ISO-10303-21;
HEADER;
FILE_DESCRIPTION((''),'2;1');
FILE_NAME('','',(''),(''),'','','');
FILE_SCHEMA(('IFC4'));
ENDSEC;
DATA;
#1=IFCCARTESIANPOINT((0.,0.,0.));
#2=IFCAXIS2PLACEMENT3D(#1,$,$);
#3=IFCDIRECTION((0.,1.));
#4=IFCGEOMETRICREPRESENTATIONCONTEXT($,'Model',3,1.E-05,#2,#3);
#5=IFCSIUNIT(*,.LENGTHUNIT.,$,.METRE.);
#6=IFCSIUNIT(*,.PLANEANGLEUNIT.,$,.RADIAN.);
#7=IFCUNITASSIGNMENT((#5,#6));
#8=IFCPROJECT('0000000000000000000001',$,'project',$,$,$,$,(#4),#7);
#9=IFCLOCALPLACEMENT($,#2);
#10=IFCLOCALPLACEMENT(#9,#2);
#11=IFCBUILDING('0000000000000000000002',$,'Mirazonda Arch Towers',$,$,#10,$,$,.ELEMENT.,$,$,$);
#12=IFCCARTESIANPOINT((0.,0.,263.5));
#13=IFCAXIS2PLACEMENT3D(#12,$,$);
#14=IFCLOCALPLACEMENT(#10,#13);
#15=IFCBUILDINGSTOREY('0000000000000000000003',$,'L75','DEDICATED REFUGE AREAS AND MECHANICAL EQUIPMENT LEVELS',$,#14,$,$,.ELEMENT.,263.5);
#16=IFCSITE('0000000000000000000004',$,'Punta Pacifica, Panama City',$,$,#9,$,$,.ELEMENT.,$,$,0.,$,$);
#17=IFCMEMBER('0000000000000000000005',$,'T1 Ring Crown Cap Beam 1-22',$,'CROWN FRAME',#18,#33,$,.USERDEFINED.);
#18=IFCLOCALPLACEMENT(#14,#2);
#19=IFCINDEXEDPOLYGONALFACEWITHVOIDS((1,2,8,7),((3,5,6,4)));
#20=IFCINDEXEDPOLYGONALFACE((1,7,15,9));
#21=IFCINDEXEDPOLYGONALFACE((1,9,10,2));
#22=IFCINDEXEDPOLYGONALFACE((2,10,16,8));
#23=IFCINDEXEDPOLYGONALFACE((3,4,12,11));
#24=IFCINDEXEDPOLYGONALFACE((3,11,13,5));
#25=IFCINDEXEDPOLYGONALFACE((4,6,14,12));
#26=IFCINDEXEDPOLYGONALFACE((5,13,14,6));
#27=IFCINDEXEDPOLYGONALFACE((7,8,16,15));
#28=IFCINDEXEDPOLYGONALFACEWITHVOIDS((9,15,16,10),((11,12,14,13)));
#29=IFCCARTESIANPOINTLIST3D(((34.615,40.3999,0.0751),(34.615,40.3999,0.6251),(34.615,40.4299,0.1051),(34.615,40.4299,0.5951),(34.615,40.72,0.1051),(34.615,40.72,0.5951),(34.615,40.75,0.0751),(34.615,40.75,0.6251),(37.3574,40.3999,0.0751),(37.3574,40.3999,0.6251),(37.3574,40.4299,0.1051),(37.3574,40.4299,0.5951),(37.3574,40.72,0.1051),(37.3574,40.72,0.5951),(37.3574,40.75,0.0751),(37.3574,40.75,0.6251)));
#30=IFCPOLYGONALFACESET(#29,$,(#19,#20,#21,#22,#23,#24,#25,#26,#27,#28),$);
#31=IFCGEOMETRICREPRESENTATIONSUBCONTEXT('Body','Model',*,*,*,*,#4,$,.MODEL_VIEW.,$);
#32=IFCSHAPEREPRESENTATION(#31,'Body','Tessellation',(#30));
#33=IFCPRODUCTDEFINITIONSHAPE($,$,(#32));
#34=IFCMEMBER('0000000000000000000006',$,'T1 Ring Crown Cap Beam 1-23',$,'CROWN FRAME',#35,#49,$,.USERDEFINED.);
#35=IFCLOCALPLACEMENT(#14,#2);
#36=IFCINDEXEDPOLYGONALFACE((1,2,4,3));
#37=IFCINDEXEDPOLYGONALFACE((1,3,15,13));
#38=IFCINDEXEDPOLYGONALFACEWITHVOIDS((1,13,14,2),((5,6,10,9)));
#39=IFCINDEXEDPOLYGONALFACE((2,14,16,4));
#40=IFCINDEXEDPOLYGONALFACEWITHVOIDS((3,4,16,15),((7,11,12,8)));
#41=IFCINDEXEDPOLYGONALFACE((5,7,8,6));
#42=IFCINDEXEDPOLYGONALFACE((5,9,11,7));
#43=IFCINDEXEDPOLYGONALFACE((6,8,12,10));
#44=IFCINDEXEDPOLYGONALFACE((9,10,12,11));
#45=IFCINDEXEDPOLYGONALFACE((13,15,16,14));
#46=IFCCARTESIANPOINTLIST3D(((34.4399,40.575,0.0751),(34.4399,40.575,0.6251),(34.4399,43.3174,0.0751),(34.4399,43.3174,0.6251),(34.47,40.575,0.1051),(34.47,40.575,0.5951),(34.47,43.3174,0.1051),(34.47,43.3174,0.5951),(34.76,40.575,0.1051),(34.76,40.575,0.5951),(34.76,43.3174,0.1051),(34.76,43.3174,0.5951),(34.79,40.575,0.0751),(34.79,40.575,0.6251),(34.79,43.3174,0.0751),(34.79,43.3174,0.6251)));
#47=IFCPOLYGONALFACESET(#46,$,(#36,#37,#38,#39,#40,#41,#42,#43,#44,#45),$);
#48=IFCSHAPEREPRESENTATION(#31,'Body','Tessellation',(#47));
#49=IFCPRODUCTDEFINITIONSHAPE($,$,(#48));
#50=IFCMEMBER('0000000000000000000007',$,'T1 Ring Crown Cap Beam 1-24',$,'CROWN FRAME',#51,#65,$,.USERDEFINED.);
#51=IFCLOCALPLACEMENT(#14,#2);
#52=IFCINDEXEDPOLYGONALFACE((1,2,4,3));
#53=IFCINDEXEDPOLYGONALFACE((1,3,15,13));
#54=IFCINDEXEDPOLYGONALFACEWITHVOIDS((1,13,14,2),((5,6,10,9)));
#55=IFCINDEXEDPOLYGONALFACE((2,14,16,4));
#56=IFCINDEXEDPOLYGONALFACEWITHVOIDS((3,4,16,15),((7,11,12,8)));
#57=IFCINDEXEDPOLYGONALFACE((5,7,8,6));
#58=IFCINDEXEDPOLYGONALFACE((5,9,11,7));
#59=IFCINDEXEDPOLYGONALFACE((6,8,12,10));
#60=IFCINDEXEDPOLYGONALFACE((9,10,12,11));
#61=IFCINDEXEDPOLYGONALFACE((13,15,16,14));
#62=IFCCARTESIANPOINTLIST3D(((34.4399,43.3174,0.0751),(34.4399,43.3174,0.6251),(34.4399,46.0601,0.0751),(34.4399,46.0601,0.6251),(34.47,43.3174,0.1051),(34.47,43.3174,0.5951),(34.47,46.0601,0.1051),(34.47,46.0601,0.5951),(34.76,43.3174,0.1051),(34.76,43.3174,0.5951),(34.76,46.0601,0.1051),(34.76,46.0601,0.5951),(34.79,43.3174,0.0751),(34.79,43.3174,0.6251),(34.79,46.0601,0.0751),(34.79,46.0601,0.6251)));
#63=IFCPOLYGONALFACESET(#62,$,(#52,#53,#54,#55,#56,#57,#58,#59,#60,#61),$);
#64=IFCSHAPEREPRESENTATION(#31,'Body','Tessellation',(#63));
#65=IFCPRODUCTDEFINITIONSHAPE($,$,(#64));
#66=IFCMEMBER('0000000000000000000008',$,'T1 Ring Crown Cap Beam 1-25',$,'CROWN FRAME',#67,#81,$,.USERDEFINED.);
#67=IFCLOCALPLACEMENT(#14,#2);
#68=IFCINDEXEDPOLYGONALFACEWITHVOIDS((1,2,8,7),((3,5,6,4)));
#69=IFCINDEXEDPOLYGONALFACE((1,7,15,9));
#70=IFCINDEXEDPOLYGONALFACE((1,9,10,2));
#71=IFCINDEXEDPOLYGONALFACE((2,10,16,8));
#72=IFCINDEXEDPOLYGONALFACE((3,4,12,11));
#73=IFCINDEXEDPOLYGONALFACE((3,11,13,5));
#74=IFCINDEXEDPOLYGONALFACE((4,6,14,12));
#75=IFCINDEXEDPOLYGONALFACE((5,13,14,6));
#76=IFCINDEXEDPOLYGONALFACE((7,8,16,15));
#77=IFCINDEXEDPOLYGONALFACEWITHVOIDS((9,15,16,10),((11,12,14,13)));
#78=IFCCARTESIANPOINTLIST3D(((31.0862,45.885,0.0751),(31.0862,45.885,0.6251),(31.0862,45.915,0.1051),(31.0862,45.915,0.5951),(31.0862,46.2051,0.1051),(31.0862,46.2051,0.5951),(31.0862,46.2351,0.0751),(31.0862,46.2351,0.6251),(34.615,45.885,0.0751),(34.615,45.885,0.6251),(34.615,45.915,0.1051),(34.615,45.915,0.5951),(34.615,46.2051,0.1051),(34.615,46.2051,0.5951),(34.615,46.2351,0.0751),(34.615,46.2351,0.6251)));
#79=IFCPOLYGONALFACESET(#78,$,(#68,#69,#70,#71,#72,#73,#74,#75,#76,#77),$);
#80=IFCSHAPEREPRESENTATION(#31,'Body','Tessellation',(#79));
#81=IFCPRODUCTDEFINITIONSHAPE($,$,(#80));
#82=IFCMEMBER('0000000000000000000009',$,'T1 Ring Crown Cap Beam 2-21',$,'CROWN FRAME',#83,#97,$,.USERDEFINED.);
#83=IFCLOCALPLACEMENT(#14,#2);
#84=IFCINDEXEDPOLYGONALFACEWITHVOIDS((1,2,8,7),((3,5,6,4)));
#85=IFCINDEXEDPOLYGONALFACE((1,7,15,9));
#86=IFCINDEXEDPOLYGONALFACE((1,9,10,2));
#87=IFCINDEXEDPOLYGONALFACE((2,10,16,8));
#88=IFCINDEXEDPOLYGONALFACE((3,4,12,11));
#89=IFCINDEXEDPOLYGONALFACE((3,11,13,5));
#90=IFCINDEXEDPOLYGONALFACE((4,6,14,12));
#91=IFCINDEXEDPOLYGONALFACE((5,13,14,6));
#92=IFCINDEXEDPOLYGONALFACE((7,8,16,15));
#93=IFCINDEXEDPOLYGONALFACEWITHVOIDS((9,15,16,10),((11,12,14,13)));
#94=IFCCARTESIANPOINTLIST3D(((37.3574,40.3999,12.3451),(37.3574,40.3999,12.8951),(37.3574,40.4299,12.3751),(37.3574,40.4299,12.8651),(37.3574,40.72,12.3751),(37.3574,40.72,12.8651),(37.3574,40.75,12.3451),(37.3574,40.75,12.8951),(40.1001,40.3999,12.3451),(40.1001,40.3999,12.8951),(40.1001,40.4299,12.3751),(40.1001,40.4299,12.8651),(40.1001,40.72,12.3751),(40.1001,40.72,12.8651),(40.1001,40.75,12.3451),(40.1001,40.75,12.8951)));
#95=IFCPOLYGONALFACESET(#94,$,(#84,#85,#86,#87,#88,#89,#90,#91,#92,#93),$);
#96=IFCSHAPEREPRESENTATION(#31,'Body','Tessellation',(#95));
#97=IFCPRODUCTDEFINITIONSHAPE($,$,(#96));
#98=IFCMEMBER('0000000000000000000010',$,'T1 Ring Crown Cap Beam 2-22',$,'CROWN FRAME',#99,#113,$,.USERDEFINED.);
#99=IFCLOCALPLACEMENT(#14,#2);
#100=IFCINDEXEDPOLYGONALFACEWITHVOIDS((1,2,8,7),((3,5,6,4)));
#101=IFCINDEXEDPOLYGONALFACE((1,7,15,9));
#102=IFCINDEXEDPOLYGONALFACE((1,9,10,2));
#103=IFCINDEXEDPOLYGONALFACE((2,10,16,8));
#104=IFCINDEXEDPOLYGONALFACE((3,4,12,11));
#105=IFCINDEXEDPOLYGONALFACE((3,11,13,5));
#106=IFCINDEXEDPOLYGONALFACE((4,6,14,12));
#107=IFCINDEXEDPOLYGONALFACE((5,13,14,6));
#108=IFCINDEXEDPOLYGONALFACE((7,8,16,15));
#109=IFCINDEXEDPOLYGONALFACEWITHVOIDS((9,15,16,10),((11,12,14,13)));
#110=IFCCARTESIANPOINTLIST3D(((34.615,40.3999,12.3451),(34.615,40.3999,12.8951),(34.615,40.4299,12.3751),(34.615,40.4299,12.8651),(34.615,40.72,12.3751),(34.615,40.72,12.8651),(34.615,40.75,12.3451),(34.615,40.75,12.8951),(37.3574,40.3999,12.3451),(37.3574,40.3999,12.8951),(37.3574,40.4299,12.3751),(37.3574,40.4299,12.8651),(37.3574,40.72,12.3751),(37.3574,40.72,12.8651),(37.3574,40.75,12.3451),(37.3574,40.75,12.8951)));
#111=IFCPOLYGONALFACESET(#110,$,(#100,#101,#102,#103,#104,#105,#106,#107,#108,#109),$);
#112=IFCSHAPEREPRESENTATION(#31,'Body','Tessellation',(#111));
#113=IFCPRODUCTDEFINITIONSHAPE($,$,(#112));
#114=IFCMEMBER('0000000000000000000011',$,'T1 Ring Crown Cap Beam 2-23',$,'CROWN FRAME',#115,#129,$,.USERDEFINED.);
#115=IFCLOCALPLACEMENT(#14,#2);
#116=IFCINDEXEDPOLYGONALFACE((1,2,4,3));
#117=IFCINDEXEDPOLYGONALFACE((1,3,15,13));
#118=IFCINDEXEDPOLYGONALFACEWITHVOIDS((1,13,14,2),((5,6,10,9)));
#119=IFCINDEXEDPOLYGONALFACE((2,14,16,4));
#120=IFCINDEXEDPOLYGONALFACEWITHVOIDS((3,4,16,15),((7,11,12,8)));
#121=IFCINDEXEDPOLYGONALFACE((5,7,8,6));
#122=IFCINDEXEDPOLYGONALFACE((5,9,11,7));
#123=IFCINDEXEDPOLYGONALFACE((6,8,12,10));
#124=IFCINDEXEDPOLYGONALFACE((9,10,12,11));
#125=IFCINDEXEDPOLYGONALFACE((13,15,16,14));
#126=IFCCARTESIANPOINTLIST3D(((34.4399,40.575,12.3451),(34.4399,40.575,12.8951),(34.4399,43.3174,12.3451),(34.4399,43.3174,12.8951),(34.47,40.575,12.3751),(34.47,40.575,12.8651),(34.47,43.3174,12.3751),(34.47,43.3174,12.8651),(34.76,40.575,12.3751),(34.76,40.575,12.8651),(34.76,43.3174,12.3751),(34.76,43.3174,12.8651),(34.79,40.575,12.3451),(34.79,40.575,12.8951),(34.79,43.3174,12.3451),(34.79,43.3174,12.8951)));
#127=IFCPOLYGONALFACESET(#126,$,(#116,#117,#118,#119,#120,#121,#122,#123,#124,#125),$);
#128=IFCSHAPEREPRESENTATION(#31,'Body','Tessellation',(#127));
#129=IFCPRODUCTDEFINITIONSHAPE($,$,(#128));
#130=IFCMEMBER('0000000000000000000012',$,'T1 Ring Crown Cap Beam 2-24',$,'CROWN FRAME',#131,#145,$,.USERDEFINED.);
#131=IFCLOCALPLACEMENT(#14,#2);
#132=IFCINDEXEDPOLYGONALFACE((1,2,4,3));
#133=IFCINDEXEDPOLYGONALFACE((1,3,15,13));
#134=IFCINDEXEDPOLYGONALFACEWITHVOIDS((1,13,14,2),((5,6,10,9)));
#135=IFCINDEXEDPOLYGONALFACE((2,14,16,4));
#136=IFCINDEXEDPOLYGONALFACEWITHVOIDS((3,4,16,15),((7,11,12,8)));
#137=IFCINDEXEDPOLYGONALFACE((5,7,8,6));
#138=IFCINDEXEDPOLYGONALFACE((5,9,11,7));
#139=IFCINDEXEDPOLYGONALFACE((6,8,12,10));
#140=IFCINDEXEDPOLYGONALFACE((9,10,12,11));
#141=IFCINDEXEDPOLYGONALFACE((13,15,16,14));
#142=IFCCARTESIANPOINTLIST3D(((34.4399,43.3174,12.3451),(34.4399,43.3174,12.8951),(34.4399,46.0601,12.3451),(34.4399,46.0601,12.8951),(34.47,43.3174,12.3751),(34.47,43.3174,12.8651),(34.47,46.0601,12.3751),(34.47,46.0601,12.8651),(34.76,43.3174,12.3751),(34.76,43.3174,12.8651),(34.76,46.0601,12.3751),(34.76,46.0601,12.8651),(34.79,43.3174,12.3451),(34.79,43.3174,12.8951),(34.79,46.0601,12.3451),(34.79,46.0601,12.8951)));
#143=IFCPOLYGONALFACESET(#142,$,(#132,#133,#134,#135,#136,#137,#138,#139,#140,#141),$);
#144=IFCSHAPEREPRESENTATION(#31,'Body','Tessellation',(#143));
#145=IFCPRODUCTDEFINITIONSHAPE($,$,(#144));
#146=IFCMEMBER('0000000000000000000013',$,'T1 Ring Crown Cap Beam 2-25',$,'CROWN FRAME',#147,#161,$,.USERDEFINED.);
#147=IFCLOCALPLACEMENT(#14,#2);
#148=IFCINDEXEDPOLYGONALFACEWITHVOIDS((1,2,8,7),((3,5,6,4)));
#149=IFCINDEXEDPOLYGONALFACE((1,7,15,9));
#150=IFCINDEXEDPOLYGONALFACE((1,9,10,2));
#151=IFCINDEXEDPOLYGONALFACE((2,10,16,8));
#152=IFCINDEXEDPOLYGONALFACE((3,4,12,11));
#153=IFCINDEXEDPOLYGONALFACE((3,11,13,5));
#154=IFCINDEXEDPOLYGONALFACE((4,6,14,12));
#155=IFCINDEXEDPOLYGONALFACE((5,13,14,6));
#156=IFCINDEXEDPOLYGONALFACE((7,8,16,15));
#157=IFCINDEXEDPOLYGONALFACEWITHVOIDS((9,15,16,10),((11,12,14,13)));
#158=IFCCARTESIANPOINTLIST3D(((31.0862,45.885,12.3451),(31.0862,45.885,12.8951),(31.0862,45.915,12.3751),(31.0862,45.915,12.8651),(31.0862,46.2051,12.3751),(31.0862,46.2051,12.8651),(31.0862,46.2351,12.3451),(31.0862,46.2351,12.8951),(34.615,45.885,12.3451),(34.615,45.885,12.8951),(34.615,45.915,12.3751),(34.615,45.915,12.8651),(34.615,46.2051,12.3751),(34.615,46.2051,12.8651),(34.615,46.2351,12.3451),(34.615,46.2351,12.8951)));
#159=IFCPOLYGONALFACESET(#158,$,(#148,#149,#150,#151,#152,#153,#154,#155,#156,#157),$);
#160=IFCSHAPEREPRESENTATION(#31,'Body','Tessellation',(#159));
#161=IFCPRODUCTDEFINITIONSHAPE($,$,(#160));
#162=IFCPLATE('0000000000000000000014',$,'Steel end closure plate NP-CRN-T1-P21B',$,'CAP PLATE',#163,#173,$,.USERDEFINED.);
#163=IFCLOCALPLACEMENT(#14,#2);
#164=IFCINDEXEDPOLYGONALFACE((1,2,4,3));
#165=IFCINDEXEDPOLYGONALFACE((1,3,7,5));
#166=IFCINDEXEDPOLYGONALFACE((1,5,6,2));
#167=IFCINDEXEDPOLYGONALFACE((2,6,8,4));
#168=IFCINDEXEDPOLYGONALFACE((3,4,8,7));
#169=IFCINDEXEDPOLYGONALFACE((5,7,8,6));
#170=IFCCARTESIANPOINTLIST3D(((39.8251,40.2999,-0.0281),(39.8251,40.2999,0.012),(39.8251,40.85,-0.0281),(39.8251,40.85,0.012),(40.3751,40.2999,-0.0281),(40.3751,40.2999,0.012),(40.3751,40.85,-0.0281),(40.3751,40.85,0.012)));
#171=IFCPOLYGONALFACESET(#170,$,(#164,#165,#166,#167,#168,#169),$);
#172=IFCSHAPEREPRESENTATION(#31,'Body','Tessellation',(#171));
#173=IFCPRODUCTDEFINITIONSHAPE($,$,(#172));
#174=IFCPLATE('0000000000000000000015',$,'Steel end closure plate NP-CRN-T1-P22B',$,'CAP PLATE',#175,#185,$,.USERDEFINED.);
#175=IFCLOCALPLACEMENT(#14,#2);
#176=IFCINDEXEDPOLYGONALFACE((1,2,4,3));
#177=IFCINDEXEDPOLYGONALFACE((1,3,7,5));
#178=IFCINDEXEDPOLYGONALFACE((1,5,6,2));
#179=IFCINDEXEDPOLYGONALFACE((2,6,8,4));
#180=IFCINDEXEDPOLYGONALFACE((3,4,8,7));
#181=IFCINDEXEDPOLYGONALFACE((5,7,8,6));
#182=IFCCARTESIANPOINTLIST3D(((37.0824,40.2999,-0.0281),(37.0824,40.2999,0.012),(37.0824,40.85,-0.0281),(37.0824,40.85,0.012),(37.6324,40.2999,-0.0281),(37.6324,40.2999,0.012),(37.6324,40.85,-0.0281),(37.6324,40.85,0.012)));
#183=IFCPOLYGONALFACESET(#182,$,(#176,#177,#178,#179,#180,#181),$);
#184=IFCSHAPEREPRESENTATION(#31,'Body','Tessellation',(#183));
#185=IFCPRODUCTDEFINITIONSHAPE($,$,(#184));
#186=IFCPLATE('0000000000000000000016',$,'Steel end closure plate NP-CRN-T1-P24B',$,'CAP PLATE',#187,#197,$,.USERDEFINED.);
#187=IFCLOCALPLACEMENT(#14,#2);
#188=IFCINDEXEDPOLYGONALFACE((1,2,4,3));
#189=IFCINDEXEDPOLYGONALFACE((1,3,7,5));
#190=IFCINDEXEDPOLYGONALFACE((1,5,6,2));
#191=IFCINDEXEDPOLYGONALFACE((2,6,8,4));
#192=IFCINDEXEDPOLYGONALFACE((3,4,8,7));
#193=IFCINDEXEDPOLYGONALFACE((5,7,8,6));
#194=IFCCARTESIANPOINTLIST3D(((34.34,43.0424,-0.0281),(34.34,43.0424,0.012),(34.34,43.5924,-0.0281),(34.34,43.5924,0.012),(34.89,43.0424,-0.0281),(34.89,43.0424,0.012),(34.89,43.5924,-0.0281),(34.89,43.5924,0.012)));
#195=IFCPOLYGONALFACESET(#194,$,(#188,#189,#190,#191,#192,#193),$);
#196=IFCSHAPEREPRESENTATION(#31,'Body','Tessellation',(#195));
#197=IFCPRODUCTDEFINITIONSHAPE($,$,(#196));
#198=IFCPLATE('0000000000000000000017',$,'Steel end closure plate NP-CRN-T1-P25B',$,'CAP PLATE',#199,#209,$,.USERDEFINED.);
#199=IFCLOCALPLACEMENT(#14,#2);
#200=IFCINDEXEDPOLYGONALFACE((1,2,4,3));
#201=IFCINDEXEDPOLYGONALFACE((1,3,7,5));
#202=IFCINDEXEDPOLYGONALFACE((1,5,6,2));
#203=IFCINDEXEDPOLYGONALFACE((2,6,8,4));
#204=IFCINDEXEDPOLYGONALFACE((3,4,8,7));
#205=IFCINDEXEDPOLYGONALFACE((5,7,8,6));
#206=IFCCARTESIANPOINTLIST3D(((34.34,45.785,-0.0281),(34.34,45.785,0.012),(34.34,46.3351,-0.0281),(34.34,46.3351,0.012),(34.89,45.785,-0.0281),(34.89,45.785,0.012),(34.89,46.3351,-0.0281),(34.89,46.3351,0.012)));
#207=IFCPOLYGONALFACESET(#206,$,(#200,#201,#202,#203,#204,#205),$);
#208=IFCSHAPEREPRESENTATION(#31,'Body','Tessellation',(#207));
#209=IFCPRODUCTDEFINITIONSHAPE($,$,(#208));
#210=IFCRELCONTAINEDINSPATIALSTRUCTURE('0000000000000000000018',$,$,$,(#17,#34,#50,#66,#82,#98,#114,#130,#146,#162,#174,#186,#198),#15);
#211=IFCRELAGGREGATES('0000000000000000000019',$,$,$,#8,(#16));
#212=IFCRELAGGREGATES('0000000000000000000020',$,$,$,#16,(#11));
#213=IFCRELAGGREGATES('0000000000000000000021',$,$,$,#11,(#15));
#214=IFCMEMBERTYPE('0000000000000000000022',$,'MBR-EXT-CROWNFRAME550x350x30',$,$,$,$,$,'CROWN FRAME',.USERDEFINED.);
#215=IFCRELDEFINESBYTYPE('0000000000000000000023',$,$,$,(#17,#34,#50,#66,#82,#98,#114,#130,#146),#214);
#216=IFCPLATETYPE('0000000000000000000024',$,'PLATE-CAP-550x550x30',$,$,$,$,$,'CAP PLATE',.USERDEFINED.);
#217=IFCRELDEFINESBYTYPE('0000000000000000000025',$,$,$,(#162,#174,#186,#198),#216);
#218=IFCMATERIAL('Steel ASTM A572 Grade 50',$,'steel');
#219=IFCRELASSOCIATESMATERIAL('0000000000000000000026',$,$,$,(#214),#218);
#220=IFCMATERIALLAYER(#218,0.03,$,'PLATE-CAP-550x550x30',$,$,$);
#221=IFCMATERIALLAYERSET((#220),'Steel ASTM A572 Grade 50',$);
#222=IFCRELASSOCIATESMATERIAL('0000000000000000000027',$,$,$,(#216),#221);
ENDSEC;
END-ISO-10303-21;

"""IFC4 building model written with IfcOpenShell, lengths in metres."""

from ifc_helpers import new_model, si_unit, direction, frame, origin, origin_2d, place, context, subcontext, project, spatial, rectangle, hollow_rectangle, extrude, material, layer, layer_set, material_profile, profile_set, type_object, element, save


model = new_model("IFC4")

# Units and contexts
model_context = context("Model", 3, precision=1e-05, world=origin(), true_north=direction((0.0, 1.0)))
body_context = subcontext(model_context, "Body", "Model", "MODEL_VIEW")
ifc_project = project(units=[si_unit("LENGTHUNIT", "METRE"), si_unit("PLANEANGLEUNIT", "RADIAN")], contexts=[model_context])

# Site, building, storey
site_placement = place(None, origin())
site = spatial("IfcSite", under=ifc_project, at=site_placement, Name="Punta Pacifica, Panama City", CompositionType="ELEMENT", RefElevation=0.0)
building_placement = place(site_placement, origin())
building = spatial("IfcBuilding", under=site, at=building_placement, Name="Mirazonda Arch Towers", CompositionType="ELEMENT")
storey_placement = place(building_placement, frame((0.0, 0.0, 263.5)))
storey = spatial("IfcBuildingStorey", under=building, at=storey_placement, Name="L75", Description="DEDICATED REFUGE AREAS AND MECHANICAL EQUIPMENT LEVELS", CompositionType="ELEMENT", Elevation=263.5)

# Members
ifc_material_1 = material(Name="Steel ASTM A572 Grade 50", Category="steel")
ifc_material_profile_1 = material_profile(ifc_material_1, hollow_rectangle(XDim=0.3501, YDim=0.55, WallThickness=0.03, at=origin_2d()), Name="CROWNFRAME550x350x30")
ifc_profile_set_1 = profile_set([ifc_material_profile_1], Name="Steel ASTM A572 Grade 50")
member_type_1 = type_object("IfcMemberType", Name="MBR-EXT-CROWNFRAME550x350x30", ElementType="CROWN FRAME", PredefinedType="USERDEFINED", material=ifc_profile_set_1)
for number, where, z_axis, x_axis, name in (
    (1, (37.3574, 40.575, 0.3501), (-1.0, 0.0, 0.0), (0.0, -1.0, 0.0), "T1 Ring Crown Cap Beam 1-22"),
    (2, (34.615, 40.575, 0.3501), (0.0, 1.0, 0.0), (-1.0, 0.0, 0.0), "T1 Ring Crown Cap Beam 1-23"),
):
    element("IfcMember", number, at=place(storey_placement, frame(where, z_axis=z_axis, x_axis=x_axis)), inside=storey, type_object=member_type_1, Name=name, ObjectType="CROWN FRAME", PredefinedType="USERDEFINED", context=body_context, shape_type="SweptSolid", body=[
        extrude(hollow_rectangle(XDim=0.3501, YDim=0.55, WallThickness=0.03, at=origin_2d()), origin(), (0.0, 0.0, 1.0), 2.7424),
    ])
member_1_placement = place(storey_placement, frame((34.615, 43.3174, 0.3501), z_axis=(0.0, 1.0, 0.0), x_axis=(-1.0, 0.0, 0.0)))
element("IfcMember", 3, at=member_1_placement, inside=storey, type_object=member_type_1, Name="T1 Ring Crown Cap Beam 1-24", ObjectType="CROWN FRAME", PredefinedType="USERDEFINED", context=body_context, shape_type="SweptSolid", body=[
    extrude(hollow_rectangle(XDim=0.3501, YDim=0.55, WallThickness=0.03, at=origin_2d()), origin(), (0.0, 0.0, 1.0), 2.7427),
])
member_2_placement = place(storey_placement, frame((34.615, 46.0601, 0.3501), z_axis=(-1.0, 0.0, 0.0), x_axis=(0.0, -1.0, 0.0)))
element("IfcMember", 4, at=member_2_placement, inside=storey, type_object=member_type_1, Name="T1 Ring Crown Cap Beam 1-25", ObjectType="CROWN FRAME", PredefinedType="USERDEFINED", context=body_context, shape_type="SweptSolid", body=[
    extrude(hollow_rectangle(XDim=0.3501, YDim=0.55, WallThickness=0.03, at=origin_2d()), origin(), (0.0, 0.0, 1.0), 3.5288),
])
member_3_placement = place(storey_placement, frame((40.1001, 40.575, 12.6201), z_axis=(-1.0, 0.0, 0.0), x_axis=(0.0, -1.0, 0.0)))
element("IfcMember", 5, at=member_3_placement, inside=storey, type_object=member_type_1, Name="T1 Ring Crown Cap Beam 2-21", ObjectType="CROWN FRAME", PredefinedType="USERDEFINED", context=body_context, shape_type="SweptSolid", body=[
    extrude(hollow_rectangle(XDim=0.3501, YDim=0.55, WallThickness=0.03, at=origin_2d()), origin(), (0.0, 0.0, 1.0), 2.7427),
])
for number, where, z_axis, x_axis, name in (
    (6, (37.3574, 40.575, 12.6201), (-1.0, 0.0, 0.0), (0.0, -1.0, 0.0), "T1 Ring Crown Cap Beam 2-22"),
    (7, (34.615, 40.575, 12.6201), (0.0, 1.0, 0.0), (-1.0, 0.0, 0.0), "T1 Ring Crown Cap Beam 2-23"),
):
    element("IfcMember", number, at=place(storey_placement, frame(where, z_axis=z_axis, x_axis=x_axis)), inside=storey, type_object=member_type_1, Name=name, ObjectType="CROWN FRAME", PredefinedType="USERDEFINED", context=body_context, shape_type="SweptSolid", body=[
        extrude(hollow_rectangle(XDim=0.3501, YDim=0.55, WallThickness=0.03, at=origin_2d()), origin(), (0.0, 0.0, 1.0), 2.7424),
    ])
member_4_placement = place(storey_placement, frame((34.615, 43.3174, 12.6201), z_axis=(0.0, 1.0, 0.0), x_axis=(-1.0, 0.0, 0.0)))
element("IfcMember", 8, at=member_4_placement, inside=storey, type_object=member_type_1, Name="T1 Ring Crown Cap Beam 2-24", ObjectType="CROWN FRAME", PredefinedType="USERDEFINED", context=body_context, shape_type="SweptSolid", body=[
    extrude(hollow_rectangle(XDim=0.3501, YDim=0.55, WallThickness=0.03, at=origin_2d()), origin(), (0.0, 0.0, 1.0), 2.7427),
])
member_5_placement = place(storey_placement, frame((34.615, 46.0601, 12.6201), z_axis=(-1.0, 0.0, 0.0), x_axis=(0.0, -1.0, 0.0)))
element("IfcMember", 9, at=member_5_placement, inside=storey, type_object=member_type_1, Name="T1 Ring Crown Cap Beam 2-25", ObjectType="CROWN FRAME", PredefinedType="USERDEFINED", context=body_context, shape_type="SweptSolid", body=[
    extrude(hollow_rectangle(XDim=0.3501, YDim=0.55, WallThickness=0.03, at=origin_2d()), origin(), (0.0, 0.0, 1.0), 3.5288),
])

# Plates
ifc_layer = layer(ifc_material_1, 0.03, Name="PLATE-CAP-550x550x30")
ifc_layer_set = layer_set([ifc_layer], Name="Steel ASTM A572 Grade 50")
plate_type = type_object("IfcPlateType", Name="PLATE-CAP-550x550x30", ElementType="CAP PLATE", PredefinedType="USERDEFINED", material=ifc_layer_set)
for number, where, z_axis, x_axis, name in (
    (10, (40.1001, 40.575, -0.0281), (0.0, 0.0, 1.0), (1.0, 0.0, 0.0), "Steel end closure plate NP-CRN-T1-P21B"),
    (11, (37.3574, 40.575, -0.0281), (0.0, 0.0, 1.0), (1.0, 0.0, 0.0), "Steel end closure plate NP-CRN-T1-P22B"),
    (12, (34.615, 43.3174, -0.0281), (0.0, 0.0, 1.0), (1.0, 0.0, 0.0), "Steel end closure plate NP-CRN-T1-P24B"),
    (13, (34.615, 46.0601, -0.0281), (0.0, 0.0, 1.0), (1.0, 0.0, 0.0), "Steel end closure plate NP-CRN-T1-P25B"),
):
    element("IfcPlate", number, at=place(storey_placement, frame(where, z_axis=z_axis, x_axis=x_axis)), inside=storey, type_object=plate_type, Name=name, ObjectType="CAP PLATE", PredefinedType="USERDEFINED", context=body_context, shape_type="SweptSolid", body=[
        extrude(rectangle(XDim=0.55, YDim=0.55, at=origin_2d()), origin(), (0.0, 0.0, 1.0), 0.04),
    ])

save(model, "model.ifc")
